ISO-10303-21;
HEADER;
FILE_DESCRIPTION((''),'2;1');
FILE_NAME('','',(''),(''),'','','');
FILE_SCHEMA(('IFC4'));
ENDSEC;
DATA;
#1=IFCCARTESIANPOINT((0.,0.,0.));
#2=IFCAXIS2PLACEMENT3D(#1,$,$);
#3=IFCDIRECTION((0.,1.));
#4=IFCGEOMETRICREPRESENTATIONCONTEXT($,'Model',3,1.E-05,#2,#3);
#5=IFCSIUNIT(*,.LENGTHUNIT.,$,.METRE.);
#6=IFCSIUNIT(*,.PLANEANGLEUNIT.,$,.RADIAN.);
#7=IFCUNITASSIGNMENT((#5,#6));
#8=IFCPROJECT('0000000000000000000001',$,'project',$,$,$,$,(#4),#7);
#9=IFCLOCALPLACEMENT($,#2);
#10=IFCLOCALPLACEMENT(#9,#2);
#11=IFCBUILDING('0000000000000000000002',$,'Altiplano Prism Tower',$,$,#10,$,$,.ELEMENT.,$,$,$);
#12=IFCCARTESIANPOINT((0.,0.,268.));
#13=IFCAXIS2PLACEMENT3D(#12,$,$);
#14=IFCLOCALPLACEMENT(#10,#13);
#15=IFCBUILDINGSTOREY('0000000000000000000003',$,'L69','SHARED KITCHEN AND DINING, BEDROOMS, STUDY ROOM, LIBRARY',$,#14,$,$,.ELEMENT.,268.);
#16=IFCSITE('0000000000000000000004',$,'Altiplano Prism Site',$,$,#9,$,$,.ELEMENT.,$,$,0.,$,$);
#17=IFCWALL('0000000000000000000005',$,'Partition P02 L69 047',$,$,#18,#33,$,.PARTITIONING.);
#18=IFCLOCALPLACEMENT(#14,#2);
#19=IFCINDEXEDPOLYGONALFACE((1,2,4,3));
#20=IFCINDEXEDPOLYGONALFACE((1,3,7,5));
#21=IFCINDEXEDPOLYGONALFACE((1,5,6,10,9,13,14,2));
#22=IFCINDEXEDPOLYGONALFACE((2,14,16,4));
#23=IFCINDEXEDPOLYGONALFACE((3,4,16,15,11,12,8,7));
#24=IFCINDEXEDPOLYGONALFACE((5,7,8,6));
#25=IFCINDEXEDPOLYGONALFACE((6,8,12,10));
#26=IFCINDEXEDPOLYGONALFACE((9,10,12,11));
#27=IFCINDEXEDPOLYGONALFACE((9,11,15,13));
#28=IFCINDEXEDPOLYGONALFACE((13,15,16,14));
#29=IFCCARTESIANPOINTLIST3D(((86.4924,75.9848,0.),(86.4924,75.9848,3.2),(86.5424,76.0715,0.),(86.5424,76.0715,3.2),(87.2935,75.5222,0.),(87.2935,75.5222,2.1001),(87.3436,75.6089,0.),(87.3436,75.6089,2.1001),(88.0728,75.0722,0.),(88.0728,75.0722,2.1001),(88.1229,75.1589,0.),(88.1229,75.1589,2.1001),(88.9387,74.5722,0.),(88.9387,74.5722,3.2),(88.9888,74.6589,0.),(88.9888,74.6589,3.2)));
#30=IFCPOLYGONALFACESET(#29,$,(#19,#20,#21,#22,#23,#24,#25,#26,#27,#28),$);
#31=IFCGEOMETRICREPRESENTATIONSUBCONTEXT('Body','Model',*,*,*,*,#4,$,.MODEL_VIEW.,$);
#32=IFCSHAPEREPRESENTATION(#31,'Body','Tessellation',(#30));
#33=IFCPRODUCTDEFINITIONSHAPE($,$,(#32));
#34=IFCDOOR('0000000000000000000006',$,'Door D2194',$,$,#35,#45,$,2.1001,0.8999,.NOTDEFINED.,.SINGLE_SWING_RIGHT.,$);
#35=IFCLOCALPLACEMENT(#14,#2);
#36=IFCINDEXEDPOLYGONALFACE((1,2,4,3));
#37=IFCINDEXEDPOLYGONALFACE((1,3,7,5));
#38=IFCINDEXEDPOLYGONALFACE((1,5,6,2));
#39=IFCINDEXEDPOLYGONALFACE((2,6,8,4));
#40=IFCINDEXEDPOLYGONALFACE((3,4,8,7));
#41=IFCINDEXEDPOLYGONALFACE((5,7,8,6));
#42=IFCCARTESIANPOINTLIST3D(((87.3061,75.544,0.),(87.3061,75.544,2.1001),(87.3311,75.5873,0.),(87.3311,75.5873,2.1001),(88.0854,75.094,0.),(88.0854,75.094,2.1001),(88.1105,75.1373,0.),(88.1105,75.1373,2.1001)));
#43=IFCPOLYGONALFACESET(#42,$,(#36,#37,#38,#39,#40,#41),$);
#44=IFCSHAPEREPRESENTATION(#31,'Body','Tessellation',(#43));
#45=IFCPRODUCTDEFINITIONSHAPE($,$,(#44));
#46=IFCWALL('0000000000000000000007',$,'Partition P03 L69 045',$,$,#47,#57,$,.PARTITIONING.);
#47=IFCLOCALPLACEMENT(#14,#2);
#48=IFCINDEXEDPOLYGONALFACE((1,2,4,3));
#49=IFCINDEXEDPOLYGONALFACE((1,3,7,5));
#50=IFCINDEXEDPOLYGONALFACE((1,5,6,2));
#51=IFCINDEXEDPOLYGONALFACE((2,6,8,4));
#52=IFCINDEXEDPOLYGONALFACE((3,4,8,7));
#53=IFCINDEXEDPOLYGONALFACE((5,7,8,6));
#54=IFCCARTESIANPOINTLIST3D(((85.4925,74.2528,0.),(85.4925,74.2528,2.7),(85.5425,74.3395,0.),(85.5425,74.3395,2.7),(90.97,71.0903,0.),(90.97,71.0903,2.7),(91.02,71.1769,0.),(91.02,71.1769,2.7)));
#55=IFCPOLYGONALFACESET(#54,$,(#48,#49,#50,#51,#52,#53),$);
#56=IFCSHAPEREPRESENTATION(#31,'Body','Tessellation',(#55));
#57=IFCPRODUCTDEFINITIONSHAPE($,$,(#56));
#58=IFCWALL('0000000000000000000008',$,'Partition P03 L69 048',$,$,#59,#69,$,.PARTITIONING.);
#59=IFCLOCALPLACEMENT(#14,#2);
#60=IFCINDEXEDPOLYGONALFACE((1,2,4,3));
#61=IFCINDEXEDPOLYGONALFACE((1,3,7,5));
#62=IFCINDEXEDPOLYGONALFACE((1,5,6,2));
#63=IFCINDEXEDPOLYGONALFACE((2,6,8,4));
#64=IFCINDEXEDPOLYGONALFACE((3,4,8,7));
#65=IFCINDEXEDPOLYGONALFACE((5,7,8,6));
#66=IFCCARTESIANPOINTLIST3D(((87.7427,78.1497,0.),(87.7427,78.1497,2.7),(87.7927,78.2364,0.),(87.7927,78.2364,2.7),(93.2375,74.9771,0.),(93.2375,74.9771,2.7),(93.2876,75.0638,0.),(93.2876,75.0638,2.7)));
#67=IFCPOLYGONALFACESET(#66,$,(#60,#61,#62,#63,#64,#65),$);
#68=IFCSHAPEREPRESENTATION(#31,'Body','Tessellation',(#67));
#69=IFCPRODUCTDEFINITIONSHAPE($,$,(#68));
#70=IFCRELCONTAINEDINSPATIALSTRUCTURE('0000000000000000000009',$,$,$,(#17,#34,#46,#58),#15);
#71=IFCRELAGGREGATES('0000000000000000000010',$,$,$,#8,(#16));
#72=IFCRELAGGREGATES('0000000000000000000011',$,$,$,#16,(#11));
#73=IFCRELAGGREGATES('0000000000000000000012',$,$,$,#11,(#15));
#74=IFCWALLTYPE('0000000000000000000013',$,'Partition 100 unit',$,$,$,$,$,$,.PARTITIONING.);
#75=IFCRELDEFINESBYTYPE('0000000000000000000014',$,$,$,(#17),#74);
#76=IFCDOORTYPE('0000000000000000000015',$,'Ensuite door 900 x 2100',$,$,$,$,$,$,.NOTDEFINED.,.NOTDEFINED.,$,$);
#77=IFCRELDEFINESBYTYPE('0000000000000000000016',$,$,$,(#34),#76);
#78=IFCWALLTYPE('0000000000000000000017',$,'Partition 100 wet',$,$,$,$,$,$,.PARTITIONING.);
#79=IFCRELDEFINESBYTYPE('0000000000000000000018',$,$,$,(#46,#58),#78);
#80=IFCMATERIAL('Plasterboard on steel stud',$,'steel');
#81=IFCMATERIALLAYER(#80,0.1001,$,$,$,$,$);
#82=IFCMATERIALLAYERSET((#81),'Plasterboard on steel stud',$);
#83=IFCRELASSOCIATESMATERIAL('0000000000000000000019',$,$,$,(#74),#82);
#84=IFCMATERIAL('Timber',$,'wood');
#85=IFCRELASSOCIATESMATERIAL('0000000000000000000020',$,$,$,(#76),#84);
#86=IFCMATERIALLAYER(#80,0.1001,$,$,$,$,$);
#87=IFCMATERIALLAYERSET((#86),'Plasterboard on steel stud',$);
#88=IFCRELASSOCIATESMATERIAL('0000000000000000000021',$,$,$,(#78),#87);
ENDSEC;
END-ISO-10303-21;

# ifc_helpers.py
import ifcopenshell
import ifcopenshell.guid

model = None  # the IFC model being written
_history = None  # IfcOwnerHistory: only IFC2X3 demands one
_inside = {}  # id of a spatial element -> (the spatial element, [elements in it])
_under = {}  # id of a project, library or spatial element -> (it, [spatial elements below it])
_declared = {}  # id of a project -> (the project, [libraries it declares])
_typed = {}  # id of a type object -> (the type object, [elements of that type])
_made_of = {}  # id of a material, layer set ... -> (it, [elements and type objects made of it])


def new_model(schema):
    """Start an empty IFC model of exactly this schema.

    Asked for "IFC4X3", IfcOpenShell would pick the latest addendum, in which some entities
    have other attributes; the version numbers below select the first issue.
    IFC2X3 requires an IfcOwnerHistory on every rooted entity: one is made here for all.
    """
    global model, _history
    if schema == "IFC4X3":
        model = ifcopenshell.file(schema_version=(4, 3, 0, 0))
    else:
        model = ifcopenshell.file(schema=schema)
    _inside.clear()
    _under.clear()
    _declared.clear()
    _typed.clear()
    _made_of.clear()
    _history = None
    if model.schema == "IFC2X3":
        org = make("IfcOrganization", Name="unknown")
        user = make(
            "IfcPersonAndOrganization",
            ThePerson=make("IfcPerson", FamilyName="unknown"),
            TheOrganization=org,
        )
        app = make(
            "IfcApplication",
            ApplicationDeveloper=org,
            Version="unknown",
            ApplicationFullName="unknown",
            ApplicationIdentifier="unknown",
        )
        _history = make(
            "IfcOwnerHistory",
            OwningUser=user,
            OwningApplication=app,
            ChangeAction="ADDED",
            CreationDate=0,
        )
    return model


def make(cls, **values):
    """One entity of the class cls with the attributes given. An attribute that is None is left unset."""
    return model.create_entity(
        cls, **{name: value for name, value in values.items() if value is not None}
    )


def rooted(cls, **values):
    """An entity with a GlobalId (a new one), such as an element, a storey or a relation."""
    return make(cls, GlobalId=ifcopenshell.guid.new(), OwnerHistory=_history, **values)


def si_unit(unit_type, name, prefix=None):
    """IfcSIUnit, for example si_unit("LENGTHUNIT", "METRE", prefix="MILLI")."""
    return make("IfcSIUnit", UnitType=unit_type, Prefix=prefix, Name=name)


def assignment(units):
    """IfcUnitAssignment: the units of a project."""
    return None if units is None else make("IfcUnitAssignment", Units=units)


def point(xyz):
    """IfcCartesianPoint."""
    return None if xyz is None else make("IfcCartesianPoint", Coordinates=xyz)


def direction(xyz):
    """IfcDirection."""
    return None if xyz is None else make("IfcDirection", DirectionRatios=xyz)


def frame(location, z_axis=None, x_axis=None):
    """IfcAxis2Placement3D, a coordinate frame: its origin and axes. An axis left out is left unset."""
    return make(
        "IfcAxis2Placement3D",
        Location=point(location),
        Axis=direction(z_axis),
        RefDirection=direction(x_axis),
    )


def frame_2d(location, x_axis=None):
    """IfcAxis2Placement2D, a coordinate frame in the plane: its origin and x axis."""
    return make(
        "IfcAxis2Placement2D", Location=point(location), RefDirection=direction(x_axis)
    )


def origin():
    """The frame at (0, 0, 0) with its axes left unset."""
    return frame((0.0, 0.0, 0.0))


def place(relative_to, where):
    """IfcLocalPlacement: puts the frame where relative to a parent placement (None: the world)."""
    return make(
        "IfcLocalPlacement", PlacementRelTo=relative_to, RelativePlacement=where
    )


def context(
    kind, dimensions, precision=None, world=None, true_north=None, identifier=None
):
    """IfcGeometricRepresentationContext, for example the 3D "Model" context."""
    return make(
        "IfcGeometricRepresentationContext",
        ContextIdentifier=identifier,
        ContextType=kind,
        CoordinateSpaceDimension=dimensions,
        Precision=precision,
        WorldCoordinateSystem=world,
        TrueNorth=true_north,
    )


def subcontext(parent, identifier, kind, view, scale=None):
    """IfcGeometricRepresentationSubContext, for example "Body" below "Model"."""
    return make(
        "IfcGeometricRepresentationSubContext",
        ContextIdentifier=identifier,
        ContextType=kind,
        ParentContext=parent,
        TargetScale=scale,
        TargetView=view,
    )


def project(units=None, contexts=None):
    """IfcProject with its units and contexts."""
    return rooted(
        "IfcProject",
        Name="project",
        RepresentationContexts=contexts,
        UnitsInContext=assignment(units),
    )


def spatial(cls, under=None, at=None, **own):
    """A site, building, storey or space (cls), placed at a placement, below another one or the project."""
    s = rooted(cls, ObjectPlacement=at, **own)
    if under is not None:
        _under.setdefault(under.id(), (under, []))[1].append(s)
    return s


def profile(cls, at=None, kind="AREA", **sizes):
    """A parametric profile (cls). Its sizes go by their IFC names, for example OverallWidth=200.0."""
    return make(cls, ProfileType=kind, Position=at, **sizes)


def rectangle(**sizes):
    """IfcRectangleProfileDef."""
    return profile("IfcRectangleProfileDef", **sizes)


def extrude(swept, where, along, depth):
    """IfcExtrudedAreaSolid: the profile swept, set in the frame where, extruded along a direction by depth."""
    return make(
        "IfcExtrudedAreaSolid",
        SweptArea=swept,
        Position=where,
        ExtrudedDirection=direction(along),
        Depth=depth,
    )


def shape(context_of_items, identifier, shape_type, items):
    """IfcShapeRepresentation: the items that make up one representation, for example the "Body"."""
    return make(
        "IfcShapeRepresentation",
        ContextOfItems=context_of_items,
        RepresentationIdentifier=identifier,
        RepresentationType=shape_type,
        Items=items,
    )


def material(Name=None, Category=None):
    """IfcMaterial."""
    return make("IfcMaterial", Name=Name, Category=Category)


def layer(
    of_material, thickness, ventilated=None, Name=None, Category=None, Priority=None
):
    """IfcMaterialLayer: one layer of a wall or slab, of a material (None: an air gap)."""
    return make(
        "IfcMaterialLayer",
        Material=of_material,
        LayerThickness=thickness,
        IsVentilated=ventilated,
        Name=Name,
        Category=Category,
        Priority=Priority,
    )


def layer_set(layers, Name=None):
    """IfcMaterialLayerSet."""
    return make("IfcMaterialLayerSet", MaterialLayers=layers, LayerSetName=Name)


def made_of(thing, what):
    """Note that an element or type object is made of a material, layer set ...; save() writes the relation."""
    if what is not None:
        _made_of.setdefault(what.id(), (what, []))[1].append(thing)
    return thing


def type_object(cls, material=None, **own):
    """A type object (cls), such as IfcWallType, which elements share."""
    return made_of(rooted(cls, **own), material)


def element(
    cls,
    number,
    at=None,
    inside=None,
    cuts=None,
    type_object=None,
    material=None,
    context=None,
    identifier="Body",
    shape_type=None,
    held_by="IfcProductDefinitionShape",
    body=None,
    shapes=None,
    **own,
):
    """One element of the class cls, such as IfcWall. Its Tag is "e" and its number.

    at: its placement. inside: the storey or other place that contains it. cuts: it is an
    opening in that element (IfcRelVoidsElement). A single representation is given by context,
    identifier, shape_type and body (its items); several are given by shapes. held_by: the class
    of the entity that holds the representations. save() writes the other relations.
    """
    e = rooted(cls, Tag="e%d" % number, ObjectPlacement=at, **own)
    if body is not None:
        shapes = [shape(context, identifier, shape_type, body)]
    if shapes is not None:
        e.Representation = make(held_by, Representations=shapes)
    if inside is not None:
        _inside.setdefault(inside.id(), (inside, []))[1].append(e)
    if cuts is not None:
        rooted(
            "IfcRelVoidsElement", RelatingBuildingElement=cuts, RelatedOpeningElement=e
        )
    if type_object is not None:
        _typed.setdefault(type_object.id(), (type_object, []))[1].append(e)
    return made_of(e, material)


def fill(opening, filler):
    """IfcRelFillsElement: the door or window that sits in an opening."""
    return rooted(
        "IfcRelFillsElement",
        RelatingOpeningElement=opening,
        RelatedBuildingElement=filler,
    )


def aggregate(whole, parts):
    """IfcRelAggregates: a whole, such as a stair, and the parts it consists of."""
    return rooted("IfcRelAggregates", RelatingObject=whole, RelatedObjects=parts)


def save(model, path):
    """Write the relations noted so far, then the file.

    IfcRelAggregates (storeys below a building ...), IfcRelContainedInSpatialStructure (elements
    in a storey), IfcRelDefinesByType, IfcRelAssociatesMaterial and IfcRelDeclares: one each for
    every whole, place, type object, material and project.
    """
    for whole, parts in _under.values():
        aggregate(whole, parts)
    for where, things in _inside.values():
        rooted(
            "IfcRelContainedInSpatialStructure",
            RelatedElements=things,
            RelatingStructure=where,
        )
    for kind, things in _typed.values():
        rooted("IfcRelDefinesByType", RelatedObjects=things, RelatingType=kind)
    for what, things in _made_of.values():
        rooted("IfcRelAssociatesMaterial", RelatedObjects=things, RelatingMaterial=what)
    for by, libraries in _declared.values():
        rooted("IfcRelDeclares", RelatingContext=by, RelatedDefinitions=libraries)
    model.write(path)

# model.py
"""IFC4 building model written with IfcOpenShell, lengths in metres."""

from ifc_helpers import new_model, si_unit, direction, frame, frame_2d, origin, place, context, subcontext, project, spatial, rectangle, extrude, material, layer, layer_set, type_object, element, fill, save


model = new_model("IFC4")

# Units and contexts
model_context = context("Model", 3, precision=1e-05, world=origin(), true_north=direction((0.0, 1.0)))
body_context = subcontext(model_context, "Body", "Model", "MODEL_VIEW")
ifc_project = project(units=[si_unit("LENGTHUNIT", "METRE"), si_unit("PLANEANGLEUNIT", "RADIAN")], contexts=[model_context])

# Site, building, storey
site_placement = place(None, origin())
site = spatial("IfcSite", under=ifc_project, at=site_placement, Name="Altiplano Prism Site", CompositionType="ELEMENT", RefElevation=0.0)
building_placement = place(site_placement, origin())
building = spatial("IfcBuilding", under=site, at=building_placement, Name="Altiplano Prism Tower", CompositionType="ELEMENT")
storey_placement = place(building_placement, frame((0.0, 0.0, 268.0)))
storey = spatial("IfcBuildingStorey", under=building, at=storey_placement, Name="L69", Description="SHARED KITCHEN AND DINING, BEDROOMS, STUDY ROOM, LIBRARY", CompositionType="ELEMENT", Elevation=268.0)

# Shared definitions
ifc_material_1 = material(Name="Plasterboard on steel stud", Category="steel")
ifc_layer_1 = layer(ifc_material_1, 0.1001)
ifc_layer_set_1 = layer_set([ifc_layer_1], Name="Plasterboard on steel stud")
wall_type_1 = type_object("IfcWallType", Name="Partition 100 unit", PredefinedType="PARTITIONING", material=ifc_layer_set_1)

# Wall, opening, door
wall_1_placement = place(storey_placement, frame((88.9639, 74.6155, 0.0), z_axis=(0.0, 0.0, 1.0), x_axis=(-0.86599, 0.500062, 0.0)))
wall_1 = element("IfcWall", 1, at=wall_1_placement, inside=storey, type_object=wall_type_1, Name="Partition P02 L69 047", PredefinedType="PARTITIONING", context=body_context, shape_type="SweptSolid", body=[
    extrude(rectangle(XDim=2.825, YDim=0.1001, at=frame_2d((1.4126, 0.0))), origin(), (0.0, 0.0, 1.0), 3.2),
])
opening_placement = place(wall_1_placement, frame((1.0, 0.0, 0.0)))
opening = element("IfcOpeningElement", 2, at=opening_placement, cuts=wall_1, PredefinedType="OPENING", context=body_context, shape_type="SweptSolid", body=[
    extrude(rectangle(XDim=0.8999, YDim=2.1001, at=frame_2d((0.45, 1.05))), frame((0.0, 0.0605, 0.0), z_axis=(0.0, -1.0, 0.0), x_axis=(1.0, 0.0, 0.0)), (0.0, 0.0, 1.0), 0.1211),
])
ifc_material_2 = material(Name="Timber", Category="wood")
door_type = type_object("IfcDoorType", Name="Ensuite door 900 x 2100", OperationType="NOTDEFINED", PredefinedType="NOTDEFINED", material=ifc_material_2)
door_placement = place(opening_placement, origin())
door = element("IfcDoor", 3, at=door_placement, inside=storey, type_object=door_type, Name="Door D2194", OperationType="SINGLE_SWING_RIGHT", OverallHeight=2.1001, OverallWidth=0.8999, PredefinedType="NOTDEFINED", context=body_context, shape_type="SweptSolid", body=[
    extrude(rectangle(XDim=0.8999, YDim=2.1001, at=frame_2d((0.45, 1.05))), frame((0.0, 0.0249, 0.0), z_axis=(0.0, -1.0, 0.0), x_axis=(1.0, 0.0, 0.0)), (0.0, 0.0, 1.0), 0.05),
])
fill(opening, door)

# Walls
ifc_layer_2 = layer(ifc_material_1, 0.1001)
ifc_layer_set_2 = layer_set([ifc_layer_2], Name="Plasterboard on steel stud")
wall_type_2 = type_object("IfcWallType", Name="Partition 100 wet", PredefinedType="PARTITIONING", material=ifc_layer_set_2)
wall_2_placement = place(storey_placement, frame((90.9951, 71.1335, 0.0), z_axis=(0.0, 0.0, 1.0), x_axis=(-0.866016, 0.500016, 0.0)))
element("IfcWall", 4, at=wall_2_placement, inside=storey, type_object=wall_type_2, Name="Partition P03 L69 045", PredefinedType="PARTITIONING", context=body_context, shape_type="SweptSolid", body=[
    extrude(rectangle(XDim=6.325, YDim=0.1001, at=frame_2d((3.1626, 0.0))), origin(), (0.0, 0.0, 1.0), 2.7),
])
wall_3_placement = place(storey_placement, frame((93.2625, 75.0205, 0.0), z_axis=(0.0, 0.0, 1.0), x_axis=(-0.866016, 0.500017, 0.0)))
element("IfcWall", 5, at=wall_3_placement, inside=storey, type_object=wall_type_2, Name="Partition P03 L69 048", PredefinedType="PARTITIONING", context=body_context, shape_type="SweptSolid", body=[
    extrude(rectangle(XDim=6.345, YDim=0.1001, at=frame_2d((3.1724, 0.0))), origin(), (0.0, 0.0, 1.0), 2.7),
])

save(model, "model.ifc")
